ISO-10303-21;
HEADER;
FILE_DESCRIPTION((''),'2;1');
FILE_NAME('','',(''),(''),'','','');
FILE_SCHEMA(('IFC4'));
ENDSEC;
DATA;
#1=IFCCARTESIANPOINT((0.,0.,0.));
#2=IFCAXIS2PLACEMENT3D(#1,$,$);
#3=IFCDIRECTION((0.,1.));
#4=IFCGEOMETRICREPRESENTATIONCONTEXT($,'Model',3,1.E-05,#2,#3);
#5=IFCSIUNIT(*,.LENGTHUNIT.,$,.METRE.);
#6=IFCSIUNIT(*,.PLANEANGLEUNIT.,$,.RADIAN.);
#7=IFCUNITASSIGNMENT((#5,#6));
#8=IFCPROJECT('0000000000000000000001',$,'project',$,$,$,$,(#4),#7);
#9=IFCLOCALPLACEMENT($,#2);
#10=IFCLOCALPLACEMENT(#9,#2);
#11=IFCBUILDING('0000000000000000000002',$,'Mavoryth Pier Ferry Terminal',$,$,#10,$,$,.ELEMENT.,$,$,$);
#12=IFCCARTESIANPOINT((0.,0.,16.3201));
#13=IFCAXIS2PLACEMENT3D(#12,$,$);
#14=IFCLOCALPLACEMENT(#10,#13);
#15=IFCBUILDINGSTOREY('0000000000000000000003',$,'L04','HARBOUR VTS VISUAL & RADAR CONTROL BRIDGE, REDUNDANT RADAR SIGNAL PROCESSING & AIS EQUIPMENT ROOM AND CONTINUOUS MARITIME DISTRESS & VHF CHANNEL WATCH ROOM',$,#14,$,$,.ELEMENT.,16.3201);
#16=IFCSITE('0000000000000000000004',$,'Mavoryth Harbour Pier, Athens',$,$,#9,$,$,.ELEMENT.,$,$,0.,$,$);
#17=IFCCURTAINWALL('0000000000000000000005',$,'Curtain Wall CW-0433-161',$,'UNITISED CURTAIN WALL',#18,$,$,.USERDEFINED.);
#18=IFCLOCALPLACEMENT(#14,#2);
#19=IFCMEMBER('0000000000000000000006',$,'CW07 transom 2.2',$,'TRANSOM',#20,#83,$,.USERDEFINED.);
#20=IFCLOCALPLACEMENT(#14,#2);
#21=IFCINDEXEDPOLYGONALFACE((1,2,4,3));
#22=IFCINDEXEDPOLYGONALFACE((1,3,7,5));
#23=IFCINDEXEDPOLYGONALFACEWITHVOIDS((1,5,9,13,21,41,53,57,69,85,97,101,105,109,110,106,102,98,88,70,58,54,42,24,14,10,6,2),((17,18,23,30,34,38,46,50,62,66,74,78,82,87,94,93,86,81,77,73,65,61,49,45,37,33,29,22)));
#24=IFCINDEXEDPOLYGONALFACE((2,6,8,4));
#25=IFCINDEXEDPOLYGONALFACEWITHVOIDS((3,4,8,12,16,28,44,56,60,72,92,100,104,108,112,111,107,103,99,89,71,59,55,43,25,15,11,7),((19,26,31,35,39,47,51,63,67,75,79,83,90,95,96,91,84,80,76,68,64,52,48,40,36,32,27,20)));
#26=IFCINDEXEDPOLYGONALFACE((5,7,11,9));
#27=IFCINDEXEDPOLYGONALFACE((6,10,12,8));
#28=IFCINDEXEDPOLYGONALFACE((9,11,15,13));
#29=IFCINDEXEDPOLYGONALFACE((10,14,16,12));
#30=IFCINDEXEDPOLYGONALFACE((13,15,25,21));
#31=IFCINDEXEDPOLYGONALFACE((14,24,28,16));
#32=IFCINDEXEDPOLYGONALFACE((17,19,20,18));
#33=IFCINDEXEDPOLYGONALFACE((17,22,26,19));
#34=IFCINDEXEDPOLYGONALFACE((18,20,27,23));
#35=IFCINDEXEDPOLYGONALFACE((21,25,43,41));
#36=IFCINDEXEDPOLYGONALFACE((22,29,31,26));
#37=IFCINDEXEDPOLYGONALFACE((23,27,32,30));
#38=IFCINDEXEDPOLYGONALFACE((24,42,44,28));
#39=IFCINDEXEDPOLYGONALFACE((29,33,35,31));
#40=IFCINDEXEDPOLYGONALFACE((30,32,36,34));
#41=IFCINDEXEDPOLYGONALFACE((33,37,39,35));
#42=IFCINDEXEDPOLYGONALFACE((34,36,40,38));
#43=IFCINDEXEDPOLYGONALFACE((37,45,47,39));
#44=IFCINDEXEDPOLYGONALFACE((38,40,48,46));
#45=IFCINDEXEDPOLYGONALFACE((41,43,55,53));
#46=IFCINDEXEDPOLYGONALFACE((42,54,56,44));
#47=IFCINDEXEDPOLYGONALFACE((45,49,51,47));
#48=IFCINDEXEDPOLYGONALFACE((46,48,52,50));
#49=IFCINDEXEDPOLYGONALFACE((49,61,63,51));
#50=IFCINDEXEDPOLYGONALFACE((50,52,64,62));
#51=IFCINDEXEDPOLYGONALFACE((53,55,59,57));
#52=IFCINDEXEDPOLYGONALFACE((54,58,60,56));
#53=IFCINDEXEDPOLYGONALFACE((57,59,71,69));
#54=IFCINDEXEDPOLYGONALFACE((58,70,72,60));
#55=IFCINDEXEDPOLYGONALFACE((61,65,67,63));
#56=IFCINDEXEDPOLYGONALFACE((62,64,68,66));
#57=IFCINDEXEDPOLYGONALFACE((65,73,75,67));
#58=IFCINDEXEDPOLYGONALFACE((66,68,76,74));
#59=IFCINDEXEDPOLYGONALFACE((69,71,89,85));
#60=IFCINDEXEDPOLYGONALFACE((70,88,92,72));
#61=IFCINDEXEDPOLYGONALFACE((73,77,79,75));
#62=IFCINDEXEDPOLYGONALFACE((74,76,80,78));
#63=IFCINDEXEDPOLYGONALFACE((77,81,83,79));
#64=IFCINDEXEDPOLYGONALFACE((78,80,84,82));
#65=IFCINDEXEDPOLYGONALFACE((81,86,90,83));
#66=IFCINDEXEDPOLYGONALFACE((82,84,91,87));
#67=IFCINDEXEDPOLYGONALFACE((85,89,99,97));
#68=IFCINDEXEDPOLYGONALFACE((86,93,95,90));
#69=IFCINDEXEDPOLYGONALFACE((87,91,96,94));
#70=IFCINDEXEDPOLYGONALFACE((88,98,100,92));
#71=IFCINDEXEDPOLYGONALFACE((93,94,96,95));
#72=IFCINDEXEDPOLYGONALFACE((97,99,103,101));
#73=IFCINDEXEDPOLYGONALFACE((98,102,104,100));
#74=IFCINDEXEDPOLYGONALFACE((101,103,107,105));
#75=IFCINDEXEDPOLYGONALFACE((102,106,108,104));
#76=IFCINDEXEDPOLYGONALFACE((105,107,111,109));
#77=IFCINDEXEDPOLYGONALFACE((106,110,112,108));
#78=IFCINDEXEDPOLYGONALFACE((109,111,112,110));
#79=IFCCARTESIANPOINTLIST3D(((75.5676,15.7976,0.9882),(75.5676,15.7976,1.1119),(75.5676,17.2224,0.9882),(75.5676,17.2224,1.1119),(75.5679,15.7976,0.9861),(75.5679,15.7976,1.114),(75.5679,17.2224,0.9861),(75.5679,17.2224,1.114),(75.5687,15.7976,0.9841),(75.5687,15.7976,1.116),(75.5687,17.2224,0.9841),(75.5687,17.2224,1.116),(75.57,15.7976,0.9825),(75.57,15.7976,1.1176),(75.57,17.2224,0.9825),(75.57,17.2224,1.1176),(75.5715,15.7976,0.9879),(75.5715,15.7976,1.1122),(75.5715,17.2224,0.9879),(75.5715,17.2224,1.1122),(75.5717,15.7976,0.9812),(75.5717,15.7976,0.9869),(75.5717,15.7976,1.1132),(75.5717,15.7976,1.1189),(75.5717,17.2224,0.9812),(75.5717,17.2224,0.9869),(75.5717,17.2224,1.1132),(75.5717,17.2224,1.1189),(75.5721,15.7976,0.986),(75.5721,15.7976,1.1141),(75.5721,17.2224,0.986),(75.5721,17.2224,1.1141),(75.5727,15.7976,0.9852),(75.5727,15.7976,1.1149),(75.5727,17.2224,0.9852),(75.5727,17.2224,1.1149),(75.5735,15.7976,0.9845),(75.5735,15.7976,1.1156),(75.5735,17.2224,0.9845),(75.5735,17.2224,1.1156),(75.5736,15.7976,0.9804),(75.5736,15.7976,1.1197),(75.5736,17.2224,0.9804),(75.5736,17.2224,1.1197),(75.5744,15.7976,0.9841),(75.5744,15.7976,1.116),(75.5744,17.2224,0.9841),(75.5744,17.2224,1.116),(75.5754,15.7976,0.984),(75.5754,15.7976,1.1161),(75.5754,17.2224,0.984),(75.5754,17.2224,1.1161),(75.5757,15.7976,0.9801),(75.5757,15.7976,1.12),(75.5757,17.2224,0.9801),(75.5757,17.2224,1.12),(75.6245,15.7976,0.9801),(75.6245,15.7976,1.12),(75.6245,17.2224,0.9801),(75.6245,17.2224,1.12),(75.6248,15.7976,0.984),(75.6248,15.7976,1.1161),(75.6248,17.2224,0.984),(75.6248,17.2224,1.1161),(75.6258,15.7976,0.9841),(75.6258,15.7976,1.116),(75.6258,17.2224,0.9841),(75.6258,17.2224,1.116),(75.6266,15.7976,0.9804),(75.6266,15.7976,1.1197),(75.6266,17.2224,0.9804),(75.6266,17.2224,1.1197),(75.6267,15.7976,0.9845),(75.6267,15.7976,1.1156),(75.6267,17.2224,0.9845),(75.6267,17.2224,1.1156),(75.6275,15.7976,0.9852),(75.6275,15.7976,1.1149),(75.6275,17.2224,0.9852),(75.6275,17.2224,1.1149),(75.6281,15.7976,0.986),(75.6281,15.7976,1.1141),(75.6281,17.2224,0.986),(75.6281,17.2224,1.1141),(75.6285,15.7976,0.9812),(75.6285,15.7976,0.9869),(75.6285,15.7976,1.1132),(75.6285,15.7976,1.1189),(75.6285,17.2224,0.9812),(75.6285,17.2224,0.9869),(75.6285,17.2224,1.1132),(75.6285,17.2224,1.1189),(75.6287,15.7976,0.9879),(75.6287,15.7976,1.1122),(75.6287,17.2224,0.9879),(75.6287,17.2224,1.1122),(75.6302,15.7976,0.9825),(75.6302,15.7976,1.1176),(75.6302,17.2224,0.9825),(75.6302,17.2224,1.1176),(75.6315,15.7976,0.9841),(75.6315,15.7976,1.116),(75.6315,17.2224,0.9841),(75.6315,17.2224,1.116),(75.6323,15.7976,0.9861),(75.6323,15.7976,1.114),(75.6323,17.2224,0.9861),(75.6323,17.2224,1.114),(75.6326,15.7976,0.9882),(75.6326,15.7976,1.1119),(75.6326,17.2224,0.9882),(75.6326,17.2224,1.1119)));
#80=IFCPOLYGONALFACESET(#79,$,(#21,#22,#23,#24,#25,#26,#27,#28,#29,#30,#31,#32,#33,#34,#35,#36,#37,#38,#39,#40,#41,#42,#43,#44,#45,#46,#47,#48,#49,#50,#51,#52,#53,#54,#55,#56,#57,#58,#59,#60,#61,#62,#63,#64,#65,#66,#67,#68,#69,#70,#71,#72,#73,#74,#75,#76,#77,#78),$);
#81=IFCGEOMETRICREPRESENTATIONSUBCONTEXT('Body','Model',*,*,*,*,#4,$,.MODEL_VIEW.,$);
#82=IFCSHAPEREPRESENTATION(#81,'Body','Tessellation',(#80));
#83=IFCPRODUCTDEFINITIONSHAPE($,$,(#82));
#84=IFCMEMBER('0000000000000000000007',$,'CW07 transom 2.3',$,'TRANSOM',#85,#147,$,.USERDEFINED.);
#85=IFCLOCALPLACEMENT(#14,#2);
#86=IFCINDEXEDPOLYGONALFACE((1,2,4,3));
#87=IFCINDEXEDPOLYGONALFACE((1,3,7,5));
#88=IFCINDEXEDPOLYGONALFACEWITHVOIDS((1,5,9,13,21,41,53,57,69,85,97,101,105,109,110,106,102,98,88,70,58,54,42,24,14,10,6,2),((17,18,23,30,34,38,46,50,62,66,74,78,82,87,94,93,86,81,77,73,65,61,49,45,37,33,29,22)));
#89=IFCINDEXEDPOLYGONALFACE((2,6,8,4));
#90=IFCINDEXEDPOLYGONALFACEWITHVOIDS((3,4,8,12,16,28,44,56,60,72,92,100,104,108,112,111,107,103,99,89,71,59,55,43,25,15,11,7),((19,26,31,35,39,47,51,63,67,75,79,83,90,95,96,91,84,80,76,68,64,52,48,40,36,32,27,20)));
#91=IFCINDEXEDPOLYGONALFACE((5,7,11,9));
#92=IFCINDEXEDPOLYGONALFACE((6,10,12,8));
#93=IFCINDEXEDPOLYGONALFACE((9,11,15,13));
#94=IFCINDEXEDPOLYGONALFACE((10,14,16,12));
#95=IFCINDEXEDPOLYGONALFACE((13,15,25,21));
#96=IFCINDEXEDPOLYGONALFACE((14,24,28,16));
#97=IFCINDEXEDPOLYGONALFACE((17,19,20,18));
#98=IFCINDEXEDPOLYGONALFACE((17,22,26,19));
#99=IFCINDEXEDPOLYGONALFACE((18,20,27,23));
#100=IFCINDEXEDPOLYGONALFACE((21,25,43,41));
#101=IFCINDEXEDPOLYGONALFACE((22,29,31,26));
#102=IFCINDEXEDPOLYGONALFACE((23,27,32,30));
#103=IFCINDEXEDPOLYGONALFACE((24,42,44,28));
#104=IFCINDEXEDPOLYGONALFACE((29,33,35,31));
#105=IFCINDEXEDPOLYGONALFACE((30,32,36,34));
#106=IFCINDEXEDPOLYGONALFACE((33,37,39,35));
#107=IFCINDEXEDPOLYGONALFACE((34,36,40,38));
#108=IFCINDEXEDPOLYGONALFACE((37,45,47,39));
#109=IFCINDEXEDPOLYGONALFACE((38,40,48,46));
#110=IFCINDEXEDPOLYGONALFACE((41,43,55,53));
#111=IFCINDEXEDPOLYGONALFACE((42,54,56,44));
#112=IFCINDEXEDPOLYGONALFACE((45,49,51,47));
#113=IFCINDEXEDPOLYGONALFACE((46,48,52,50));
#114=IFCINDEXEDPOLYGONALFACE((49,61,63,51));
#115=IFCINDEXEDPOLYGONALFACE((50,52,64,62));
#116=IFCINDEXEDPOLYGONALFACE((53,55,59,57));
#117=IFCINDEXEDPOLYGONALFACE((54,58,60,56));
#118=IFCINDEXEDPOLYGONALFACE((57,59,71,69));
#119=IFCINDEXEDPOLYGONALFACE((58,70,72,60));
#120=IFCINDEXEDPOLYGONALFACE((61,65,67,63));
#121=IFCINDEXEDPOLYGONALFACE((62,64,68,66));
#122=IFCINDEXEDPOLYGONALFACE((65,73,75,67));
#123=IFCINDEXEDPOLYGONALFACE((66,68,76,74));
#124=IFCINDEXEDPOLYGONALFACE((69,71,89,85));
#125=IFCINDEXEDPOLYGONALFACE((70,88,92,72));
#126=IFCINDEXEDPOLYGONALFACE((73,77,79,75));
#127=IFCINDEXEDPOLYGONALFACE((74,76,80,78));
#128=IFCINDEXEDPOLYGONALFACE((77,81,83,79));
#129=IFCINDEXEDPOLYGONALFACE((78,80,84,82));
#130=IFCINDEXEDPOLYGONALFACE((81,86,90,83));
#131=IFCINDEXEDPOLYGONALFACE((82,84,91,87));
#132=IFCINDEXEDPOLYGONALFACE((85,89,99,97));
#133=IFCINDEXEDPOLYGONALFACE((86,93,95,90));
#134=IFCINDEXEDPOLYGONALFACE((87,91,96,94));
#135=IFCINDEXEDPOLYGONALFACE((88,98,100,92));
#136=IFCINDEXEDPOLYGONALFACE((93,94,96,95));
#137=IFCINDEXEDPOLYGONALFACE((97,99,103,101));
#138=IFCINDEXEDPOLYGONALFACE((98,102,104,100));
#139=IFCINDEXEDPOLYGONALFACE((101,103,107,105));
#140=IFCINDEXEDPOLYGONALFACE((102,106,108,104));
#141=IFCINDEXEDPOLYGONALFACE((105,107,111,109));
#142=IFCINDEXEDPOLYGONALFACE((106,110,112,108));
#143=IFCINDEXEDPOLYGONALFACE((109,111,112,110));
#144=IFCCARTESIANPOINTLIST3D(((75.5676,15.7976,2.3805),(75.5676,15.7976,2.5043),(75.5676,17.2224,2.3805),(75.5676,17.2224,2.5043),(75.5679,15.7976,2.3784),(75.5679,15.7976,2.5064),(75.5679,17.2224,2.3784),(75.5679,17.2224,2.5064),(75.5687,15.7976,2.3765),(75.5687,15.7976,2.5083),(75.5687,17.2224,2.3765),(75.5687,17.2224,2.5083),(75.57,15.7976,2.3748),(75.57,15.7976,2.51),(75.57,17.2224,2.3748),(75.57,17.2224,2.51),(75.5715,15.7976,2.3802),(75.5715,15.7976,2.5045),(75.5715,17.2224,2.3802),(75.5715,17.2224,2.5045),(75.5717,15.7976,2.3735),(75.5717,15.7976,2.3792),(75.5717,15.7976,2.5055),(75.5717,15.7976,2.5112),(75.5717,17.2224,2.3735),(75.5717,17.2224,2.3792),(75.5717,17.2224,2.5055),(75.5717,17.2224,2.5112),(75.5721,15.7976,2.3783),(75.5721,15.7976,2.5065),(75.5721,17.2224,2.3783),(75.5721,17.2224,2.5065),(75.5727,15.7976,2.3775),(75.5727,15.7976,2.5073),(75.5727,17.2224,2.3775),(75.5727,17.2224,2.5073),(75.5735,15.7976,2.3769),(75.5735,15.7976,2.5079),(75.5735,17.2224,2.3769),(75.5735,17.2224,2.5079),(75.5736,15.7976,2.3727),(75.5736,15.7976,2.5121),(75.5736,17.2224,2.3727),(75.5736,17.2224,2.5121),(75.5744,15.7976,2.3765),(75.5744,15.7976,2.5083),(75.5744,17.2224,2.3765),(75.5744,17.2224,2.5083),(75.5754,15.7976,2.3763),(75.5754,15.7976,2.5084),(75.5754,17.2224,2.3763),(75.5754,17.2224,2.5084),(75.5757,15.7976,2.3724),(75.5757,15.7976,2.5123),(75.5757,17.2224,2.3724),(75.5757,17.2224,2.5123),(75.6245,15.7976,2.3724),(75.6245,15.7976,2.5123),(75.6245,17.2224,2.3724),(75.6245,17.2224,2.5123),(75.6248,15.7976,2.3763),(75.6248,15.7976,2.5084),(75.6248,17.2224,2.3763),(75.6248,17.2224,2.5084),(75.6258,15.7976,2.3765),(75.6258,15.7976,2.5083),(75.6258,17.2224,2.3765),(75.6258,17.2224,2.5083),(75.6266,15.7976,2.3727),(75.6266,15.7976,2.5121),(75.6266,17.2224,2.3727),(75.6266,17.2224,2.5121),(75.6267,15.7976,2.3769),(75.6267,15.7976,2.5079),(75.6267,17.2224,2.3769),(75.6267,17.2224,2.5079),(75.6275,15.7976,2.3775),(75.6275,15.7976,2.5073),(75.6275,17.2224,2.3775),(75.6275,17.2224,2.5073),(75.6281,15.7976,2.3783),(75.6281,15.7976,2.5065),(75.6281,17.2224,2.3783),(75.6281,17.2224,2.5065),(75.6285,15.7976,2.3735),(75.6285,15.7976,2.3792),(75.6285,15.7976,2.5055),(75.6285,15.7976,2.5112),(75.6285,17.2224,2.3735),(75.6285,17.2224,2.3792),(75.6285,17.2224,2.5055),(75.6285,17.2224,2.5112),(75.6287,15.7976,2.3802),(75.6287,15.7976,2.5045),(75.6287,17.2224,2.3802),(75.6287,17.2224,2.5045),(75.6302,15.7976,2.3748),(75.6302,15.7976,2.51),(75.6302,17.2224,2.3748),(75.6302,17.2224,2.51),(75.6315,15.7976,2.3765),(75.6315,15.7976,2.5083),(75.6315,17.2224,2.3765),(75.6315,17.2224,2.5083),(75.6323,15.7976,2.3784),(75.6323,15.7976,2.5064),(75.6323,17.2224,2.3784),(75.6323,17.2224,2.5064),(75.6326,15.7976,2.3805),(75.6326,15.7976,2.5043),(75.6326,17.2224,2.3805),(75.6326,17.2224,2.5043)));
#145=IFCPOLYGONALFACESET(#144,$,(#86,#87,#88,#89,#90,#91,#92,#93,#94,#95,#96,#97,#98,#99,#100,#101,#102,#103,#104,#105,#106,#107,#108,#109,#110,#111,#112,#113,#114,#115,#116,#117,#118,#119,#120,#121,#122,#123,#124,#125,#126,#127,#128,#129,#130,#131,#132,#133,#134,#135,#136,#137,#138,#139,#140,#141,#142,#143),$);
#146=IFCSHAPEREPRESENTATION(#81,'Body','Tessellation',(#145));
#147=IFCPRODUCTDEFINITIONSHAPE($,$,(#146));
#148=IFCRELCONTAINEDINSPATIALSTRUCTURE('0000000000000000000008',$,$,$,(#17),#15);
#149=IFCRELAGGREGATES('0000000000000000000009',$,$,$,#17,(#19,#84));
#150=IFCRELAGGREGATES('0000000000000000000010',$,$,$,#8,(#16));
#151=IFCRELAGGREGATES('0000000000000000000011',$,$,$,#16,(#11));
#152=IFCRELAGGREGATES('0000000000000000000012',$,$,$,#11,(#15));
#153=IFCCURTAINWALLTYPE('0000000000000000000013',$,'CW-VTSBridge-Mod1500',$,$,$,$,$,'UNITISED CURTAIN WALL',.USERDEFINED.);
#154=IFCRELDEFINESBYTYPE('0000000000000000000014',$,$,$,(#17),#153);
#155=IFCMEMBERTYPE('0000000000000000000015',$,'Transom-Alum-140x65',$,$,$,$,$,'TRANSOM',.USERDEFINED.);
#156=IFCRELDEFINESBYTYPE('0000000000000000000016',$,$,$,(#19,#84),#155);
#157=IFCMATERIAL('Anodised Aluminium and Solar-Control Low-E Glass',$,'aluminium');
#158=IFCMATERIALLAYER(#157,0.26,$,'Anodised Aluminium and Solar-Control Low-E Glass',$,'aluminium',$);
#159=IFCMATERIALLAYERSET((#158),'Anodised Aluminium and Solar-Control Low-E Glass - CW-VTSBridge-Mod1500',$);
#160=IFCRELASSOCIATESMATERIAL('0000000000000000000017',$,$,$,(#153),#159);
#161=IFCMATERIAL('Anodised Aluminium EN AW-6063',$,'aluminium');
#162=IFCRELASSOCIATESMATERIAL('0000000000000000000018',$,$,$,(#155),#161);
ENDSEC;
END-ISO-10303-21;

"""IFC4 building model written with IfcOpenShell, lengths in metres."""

from ifc_helpers import new_model, si_unit, direction, frame, origin, origin_2d, place, context, subcontext, project, spatial, hollow_rectangle, extrude, material, layer, layer_set, material_profile, profile_set, type_object, element, aggregate, save


model = new_model("IFC4")

# Units and contexts
model_context = context("Model", 3, precision=1e-05, world=origin(), true_north=direction((0.0, 1.0)))
body_context = subcontext(model_context, "Body", "Model", "MODEL_VIEW")
ifc_project = project(units=[si_unit("LENGTHUNIT", "METRE"), si_unit("PLANEANGLEUNIT", "RADIAN")], contexts=[model_context])

# Site, building, storey
site_placement = place(None, origin())
site = spatial("IfcSite", under=ifc_project, at=site_placement, Name="Mavoryth Harbour Pier, Athens", CompositionType="ELEMENT", RefElevation=0.0)
building_placement = place(site_placement, origin())
building = spatial("IfcBuilding", under=site, at=building_placement, Name="Mavoryth Pier Ferry Terminal", CompositionType="ELEMENT")
storey_placement = place(building_placement, frame((0.0, 0.0, 16.3201)))
storey = spatial("IfcBuildingStorey", under=building, at=storey_placement, Name="L04", Description="HARBOUR VTS VISUAL & RADAR CONTROL BRIDGE, REDUNDANT RADAR SIGNAL PROCESSING & AIS EQUIPMENT ROOM AND CONTINUOUS MARITIME DISTRESS & VHF CHANNEL WATCH ROOM", CompositionType="ELEMENT", Elevation=16.3201)

# Curtain wall, members
ifc_material_1 = material(Name="Anodised Aluminium and Solar-Control Low-E Glass", Category="aluminium")
ifc_layer_1 = layer(ifc_material_1, 0.26, Name="Anodised Aluminium and Solar-Control Low-E Glass", Category="aluminium")
ifc_layer_set_1 = layer_set([ifc_layer_1], Name="Anodised Aluminium and Solar-Control Low-E Glass - CW-VTSBridge-Mod1500")
curtain_wall_type = type_object("IfcCurtainWallType", Name="CW-VTSBridge-Mod1500", ElementType="UNITISED CURTAIN WALL", PredefinedType="USERDEFINED", material=ifc_layer_set_1)
curtain_wall_placement = place(storey_placement, origin())
curtain_wall = element("IfcCurtainWall", 1, at=curtain_wall_placement, inside=storey, type_object=curtain_wall_type, Name="Curtain Wall CW-0433-161", ObjectType="UNITISED CURTAIN WALL", PredefinedType="USERDEFINED")
ifc_material_2 = material(Name="Anodised Aluminium EN AW-6063", Category="aluminium")
ifc_material_profile_1 = material_profile(ifc_material_2, hollow_rectangle(XDim=0.0649, YDim=0.1399, WallThickness=0.0039, InnerFilletRadius=0.0039, OuterFilletRadius=0.0081, at=origin_2d()), Name="AL-TRAN 140x65x4", Category="aluminium")
ifc_profile_set_1 = profile_set([ifc_material_profile_1], Name="Anodised Aluminium EN AW-6063 - AL-TRAN 140x65x4")
member_type_1 = type_object("IfcMemberType", Name="Transom-Alum-140x65", ElementType="TRANSOM", PredefinedType="USERDEFINED", material=ifc_profile_set_1)
member_1_placement = place(storey_placement, frame((75.6001, 15.7976, 1.05), z_axis=(0.0, 1.0, 0.0), x_axis=(-1.0, 0.0, 0.0)))
member_1 = element("IfcMember", 2, at=member_1_placement, type_object=member_type_1, Name="CW07 transom 2.2", ObjectType="TRANSOM", PredefinedType="USERDEFINED", context=body_context, shape_type="SweptSolid", body=[
    extrude(hollow_rectangle(XDim=0.0649, YDim=0.1399, WallThickness=0.0039, InnerFilletRadius=0.0039, OuterFilletRadius=0.0081, at=origin_2d()), origin(), (0.0, 0.0, 1.0), 1.4248),
])
member_2_placement = place(storey_placement, frame((75.6001, 15.7976, 2.4424), z_axis=(0.0, 1.0, 0.0), x_axis=(-1.0, 0.0, 0.0)))
member_2 = element("IfcMember", 3, at=member_2_placement, type_object=member_type_1, Name="CW07 transom 2.3", ObjectType="TRANSOM", PredefinedType="USERDEFINED", context=body_context, shape_type="SweptSolid", body=[
    extrude(hollow_rectangle(XDim=0.0649, YDim=0.1399, WallThickness=0.0039, InnerFilletRadius=0.0039, OuterFilletRadius=0.0081, at=origin_2d()), origin(), (0.0, 0.0, 1.0), 1.4248),
])
aggregate(curtain_wall, [member_1, member_2])

save(model, "model.ifc")
